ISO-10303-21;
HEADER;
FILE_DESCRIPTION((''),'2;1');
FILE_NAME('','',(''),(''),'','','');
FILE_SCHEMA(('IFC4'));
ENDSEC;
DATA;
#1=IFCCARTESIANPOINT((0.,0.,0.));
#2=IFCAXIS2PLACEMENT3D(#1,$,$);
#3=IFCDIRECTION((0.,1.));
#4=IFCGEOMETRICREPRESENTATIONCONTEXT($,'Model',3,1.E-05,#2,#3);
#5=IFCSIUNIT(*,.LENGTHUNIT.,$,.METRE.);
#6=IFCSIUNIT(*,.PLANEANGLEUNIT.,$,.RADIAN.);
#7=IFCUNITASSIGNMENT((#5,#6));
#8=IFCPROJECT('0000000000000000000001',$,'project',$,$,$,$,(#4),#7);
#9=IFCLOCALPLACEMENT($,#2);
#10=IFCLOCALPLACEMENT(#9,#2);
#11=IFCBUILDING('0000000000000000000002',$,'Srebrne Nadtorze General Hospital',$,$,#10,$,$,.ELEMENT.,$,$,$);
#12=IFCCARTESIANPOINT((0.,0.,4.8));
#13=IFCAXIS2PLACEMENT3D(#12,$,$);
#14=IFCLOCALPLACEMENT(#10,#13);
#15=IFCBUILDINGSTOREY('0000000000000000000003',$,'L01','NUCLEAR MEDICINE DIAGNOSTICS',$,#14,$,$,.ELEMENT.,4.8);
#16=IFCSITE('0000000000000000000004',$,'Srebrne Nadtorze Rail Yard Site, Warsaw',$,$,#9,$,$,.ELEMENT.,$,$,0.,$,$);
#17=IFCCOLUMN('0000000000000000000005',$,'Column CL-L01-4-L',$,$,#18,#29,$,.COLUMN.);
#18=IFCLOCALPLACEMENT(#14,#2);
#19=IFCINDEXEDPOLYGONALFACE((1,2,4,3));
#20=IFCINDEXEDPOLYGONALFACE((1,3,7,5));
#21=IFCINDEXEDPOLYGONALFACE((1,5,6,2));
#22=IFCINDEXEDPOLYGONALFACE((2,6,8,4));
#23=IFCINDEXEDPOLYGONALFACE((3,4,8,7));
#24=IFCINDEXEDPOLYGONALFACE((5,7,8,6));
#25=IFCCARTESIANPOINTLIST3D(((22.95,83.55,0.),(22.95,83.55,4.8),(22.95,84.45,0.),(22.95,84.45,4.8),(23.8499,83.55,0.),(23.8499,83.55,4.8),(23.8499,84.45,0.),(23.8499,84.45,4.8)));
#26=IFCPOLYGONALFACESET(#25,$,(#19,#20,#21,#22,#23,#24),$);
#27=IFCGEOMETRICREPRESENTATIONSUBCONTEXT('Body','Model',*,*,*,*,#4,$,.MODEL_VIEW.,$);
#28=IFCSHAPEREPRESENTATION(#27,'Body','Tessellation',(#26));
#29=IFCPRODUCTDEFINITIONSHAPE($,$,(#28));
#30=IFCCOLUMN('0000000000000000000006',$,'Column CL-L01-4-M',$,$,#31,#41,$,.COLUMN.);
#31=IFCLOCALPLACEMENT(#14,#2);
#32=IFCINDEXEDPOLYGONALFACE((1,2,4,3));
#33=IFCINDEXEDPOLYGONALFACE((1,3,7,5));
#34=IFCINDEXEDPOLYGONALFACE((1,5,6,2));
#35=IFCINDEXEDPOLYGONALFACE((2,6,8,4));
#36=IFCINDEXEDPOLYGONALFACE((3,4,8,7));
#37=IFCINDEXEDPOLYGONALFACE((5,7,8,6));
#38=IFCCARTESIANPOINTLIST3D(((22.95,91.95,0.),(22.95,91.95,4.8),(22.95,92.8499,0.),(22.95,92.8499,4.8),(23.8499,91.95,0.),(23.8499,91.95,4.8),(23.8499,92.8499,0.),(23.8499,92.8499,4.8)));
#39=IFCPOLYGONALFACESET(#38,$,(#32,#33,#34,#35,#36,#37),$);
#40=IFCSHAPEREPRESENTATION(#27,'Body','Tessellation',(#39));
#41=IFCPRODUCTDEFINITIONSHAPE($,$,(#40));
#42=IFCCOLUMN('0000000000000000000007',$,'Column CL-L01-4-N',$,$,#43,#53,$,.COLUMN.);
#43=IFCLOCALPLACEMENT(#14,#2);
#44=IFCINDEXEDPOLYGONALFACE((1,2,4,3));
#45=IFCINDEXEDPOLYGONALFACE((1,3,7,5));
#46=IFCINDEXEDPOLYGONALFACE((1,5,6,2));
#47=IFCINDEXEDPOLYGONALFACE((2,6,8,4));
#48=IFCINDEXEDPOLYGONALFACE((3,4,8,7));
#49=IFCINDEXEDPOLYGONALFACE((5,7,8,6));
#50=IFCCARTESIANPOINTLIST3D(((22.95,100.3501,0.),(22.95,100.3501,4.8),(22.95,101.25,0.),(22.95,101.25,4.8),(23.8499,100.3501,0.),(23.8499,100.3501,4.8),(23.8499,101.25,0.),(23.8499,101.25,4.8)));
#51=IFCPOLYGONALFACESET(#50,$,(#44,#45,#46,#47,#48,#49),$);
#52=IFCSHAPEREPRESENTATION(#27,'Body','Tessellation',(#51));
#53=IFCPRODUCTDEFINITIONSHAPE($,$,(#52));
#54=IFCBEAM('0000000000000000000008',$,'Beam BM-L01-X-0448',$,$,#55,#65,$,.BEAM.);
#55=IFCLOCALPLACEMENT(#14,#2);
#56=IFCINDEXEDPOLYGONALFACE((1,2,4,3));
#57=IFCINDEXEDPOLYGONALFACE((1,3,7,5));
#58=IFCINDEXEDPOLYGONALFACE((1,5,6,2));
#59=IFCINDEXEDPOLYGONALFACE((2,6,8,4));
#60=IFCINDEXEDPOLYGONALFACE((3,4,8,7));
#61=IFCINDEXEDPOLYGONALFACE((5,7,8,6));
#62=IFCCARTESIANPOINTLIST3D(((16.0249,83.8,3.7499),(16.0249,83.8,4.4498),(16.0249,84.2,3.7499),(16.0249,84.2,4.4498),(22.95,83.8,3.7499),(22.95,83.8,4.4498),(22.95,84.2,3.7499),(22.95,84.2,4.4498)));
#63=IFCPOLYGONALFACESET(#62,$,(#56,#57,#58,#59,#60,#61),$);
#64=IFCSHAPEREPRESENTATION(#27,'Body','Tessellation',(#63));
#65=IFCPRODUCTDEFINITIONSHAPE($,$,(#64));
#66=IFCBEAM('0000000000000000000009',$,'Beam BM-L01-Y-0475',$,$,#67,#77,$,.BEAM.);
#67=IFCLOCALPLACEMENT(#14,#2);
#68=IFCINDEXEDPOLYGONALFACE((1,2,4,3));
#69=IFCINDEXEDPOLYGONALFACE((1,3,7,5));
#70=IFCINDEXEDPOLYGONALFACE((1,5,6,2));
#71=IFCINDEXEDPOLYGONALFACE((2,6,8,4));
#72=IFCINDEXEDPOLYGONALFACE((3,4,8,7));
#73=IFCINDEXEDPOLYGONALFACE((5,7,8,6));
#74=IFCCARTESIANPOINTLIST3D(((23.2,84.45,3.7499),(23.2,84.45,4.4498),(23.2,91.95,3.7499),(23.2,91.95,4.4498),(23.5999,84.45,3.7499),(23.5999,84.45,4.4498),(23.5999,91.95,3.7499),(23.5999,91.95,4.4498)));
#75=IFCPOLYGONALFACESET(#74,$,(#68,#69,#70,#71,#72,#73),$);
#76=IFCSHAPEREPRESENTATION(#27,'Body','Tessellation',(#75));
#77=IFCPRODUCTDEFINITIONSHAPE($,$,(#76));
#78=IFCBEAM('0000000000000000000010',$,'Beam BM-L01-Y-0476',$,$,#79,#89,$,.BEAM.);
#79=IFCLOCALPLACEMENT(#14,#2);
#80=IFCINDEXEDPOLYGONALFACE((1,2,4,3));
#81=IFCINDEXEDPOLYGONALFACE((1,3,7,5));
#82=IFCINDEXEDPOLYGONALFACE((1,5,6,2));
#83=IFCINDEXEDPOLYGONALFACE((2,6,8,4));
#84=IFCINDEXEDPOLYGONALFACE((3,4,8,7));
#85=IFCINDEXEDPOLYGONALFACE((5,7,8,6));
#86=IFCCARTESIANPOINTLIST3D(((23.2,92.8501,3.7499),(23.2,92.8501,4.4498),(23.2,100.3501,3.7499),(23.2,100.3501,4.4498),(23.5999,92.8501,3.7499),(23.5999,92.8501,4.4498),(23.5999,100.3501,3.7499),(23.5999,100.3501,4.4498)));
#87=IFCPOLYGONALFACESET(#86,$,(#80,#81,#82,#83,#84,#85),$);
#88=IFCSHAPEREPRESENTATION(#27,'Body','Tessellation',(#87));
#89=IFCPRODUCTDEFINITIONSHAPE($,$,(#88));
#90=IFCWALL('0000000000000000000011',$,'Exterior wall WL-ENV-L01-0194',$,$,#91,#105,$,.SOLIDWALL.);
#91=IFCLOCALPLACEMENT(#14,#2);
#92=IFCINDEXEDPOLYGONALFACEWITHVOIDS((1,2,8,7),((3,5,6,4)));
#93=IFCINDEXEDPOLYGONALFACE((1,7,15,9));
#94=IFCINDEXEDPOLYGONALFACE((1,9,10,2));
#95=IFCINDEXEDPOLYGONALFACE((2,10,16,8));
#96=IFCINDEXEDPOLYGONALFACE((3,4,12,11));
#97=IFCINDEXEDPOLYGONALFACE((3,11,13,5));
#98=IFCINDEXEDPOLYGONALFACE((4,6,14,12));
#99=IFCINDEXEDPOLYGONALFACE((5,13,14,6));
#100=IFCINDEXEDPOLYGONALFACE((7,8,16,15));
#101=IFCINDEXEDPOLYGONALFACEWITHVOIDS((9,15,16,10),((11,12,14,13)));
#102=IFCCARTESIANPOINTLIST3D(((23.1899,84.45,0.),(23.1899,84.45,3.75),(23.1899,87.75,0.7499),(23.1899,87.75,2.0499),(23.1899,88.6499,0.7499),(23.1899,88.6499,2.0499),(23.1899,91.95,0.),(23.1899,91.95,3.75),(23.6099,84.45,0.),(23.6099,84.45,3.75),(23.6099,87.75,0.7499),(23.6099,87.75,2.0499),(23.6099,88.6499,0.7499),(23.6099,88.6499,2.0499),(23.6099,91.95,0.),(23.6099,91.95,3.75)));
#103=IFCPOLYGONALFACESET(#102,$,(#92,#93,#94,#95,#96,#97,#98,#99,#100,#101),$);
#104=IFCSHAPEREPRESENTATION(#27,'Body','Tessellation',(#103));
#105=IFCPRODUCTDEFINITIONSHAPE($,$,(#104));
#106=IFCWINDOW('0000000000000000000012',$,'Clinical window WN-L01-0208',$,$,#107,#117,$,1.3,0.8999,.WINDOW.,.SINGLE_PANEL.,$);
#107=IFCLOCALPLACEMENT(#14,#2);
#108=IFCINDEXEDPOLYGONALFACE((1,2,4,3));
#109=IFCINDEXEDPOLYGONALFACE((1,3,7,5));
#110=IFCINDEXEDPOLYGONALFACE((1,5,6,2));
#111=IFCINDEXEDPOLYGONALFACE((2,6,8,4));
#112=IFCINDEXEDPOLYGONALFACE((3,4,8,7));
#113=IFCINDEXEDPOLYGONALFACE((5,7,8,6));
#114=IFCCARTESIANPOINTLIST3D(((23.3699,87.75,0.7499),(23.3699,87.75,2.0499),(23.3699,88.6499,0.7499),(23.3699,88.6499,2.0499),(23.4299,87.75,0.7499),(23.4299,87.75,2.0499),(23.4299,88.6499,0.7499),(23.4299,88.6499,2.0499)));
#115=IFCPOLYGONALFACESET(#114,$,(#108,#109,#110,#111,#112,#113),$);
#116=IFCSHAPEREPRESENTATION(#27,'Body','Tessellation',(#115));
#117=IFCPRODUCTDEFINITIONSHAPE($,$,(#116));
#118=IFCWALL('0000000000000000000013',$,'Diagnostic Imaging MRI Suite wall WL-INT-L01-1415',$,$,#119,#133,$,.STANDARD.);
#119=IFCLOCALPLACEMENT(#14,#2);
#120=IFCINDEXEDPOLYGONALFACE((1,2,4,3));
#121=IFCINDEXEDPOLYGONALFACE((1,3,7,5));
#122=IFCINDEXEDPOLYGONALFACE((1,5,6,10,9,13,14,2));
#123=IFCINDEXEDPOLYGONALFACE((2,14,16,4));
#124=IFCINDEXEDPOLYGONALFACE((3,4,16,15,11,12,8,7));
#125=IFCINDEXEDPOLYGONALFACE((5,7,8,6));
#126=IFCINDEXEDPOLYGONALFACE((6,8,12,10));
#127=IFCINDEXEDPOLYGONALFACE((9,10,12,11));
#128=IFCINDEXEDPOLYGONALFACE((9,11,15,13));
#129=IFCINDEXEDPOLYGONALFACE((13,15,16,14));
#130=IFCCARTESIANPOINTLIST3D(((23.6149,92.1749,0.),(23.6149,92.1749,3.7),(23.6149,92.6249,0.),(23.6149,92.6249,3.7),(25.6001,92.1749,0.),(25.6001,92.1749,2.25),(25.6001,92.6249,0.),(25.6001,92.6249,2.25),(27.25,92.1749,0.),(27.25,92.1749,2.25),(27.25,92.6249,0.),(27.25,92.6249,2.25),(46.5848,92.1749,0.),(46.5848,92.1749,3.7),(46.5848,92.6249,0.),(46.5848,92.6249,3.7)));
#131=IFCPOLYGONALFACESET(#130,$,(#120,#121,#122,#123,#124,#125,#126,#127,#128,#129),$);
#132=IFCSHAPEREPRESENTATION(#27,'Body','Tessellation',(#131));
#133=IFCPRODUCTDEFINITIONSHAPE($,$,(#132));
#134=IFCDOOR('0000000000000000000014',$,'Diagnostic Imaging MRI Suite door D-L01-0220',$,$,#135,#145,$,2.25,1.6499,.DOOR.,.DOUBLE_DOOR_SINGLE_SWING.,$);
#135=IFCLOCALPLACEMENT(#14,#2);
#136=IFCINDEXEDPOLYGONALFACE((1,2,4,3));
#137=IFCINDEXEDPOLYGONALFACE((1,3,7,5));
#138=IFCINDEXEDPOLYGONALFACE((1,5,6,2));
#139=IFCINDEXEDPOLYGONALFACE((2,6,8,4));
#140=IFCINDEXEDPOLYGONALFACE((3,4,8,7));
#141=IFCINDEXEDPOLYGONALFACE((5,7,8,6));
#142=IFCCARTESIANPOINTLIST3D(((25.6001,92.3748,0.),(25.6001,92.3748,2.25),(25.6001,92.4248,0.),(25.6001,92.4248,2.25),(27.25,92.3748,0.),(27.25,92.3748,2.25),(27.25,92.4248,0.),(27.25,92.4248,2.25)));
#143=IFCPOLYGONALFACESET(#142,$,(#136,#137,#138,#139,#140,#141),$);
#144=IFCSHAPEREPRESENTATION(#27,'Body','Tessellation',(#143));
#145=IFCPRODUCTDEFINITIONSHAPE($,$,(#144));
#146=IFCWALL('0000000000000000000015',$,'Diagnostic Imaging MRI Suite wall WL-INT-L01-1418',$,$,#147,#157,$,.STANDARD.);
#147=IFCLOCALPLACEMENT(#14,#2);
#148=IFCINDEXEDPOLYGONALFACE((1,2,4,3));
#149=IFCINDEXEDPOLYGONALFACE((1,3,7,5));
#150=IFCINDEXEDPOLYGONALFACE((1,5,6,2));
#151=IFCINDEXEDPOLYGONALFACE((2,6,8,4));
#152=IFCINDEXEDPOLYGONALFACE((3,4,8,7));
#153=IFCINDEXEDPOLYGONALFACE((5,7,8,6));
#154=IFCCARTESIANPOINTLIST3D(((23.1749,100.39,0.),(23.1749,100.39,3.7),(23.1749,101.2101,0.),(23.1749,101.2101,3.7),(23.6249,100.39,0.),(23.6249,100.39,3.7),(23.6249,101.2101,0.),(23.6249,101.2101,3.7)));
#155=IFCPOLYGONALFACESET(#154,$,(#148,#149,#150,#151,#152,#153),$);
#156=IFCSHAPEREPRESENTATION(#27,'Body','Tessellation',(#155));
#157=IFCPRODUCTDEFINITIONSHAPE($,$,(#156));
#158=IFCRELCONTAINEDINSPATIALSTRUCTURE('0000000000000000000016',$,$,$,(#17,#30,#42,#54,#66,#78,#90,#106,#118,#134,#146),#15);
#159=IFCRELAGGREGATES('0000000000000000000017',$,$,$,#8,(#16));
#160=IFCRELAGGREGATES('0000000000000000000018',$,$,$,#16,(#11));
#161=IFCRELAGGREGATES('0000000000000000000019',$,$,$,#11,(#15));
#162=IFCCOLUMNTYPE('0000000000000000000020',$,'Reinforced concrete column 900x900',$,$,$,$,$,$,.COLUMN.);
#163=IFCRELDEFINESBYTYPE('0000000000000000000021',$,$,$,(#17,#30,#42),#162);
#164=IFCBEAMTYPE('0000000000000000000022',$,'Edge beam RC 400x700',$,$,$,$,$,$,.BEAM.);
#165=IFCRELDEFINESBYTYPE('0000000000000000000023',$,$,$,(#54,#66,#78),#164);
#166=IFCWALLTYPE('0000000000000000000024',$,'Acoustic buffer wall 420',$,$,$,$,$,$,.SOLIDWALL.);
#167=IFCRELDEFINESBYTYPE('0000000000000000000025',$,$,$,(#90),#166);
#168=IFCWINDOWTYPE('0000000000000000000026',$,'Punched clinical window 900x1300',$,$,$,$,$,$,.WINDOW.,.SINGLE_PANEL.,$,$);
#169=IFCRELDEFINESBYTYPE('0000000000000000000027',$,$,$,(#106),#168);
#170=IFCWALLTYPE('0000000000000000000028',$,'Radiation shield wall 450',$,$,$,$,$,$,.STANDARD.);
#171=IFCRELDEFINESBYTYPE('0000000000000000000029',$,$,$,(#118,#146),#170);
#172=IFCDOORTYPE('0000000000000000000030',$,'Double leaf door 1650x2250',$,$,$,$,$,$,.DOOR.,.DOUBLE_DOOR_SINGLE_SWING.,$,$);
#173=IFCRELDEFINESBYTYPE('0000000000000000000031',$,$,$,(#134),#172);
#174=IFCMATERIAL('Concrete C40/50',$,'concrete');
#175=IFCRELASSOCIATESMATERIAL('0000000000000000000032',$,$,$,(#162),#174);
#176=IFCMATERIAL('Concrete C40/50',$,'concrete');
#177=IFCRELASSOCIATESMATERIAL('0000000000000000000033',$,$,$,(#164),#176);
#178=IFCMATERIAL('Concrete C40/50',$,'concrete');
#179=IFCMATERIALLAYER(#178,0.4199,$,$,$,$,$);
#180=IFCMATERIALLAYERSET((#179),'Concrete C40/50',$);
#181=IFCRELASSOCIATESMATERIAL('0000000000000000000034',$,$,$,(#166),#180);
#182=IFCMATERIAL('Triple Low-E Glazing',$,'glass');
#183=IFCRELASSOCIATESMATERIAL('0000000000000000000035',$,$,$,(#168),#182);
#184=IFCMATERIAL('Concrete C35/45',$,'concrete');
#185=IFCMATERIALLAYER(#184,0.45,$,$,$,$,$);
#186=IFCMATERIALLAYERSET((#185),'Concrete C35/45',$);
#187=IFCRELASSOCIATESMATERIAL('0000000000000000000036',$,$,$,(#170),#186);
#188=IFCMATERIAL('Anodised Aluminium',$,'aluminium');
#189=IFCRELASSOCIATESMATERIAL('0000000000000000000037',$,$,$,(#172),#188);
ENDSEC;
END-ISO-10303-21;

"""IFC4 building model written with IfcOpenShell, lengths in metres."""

from ifc_helpers import new_model, si_unit, direction, frame, frame_2d, origin, origin_2d, place, context, subcontext, project, spatial, rectangle, extrude, material, layer, layer_set, material_profile, profile_set, type_object, element, fill, save


model = new_model("IFC4")

# Units and contexts
model_context = context("Model", 3, precision=1e-05, world=origin(), true_north=direction((0.0, 1.0)))
body_context = subcontext(model_context, "Body", "Model", "MODEL_VIEW")
ifc_project = project(units=[si_unit("LENGTHUNIT", "METRE"), si_unit("PLANEANGLEUNIT", "RADIAN")], contexts=[model_context])

# Site, building, storey
site_placement = place(None, origin())
site = spatial("IfcSite", under=ifc_project, at=site_placement, Name="Srebrne Nadtorze Rail Yard Site, Warsaw", CompositionType="ELEMENT", RefElevation=0.0)
building_placement = place(site_placement, origin())
building = spatial("IfcBuilding", under=site, at=building_placement, Name="Srebrne Nadtorze General Hospital", CompositionType="ELEMENT")
storey_placement = place(building_placement, frame((0.0, 0.0, 4.8)))
storey = spatial("IfcBuildingStorey", under=building, at=storey_placement, Name="L01", Description="NUCLEAR MEDICINE DIAGNOSTICS", CompositionType="ELEMENT", Elevation=4.8)

# Columns
ifc_material_1 = material(Name="Concrete C40/50", Category="concrete")
ifc_material_profile_1 = material_profile(ifc_material_1, rectangle(XDim=0.8999, YDim=0.8999, at=origin_2d()), Name="RC-COL-900x900")
ifc_profile_set_1 = profile_set([ifc_material_profile_1], Name="Concrete C40/50")
column_type = type_object("IfcColumnType", Name="Reinforced concrete column 900x900", PredefinedType="COLUMN", material=ifc_profile_set_1)
for number, where, z_axis, x_axis, name in (
    (1, (23.3999, 84.0, 0.0), (0.0, 0.0, 1.0), (1.0, 0.0, 0.0), "Column CL-L01-4-L"),
    (2, (23.3999, 92.3999, 0.0), (0.0, 0.0, 1.0), (1.0, 0.0, 0.0), "Column CL-L01-4-M"),
    (3, (23.3999, 100.8, 0.0), (0.0, 0.0, 1.0), (1.0, 0.0, 0.0), "Column CL-L01-4-N"),
):
    element("IfcColumn", number, at=place(storey_placement, frame(where, z_axis=z_axis, x_axis=x_axis)), inside=storey, type_object=column_type, Name=name, PredefinedType="COLUMN", context=body_context, shape_type="SweptSolid", body=[
        extrude(rectangle(XDim=0.8999, YDim=0.8999, at=origin_2d()), origin(), (0.0, 0.0, 1.0), 4.8),
    ])

# Beams
ifc_material_2 = material(Name="Concrete C40/50", Category="concrete")
ifc_material_profile_2 = material_profile(ifc_material_2, rectangle(XDim=0.3999, YDim=0.7, at=origin_2d()), Name="RC-BM-400x700")
ifc_profile_set_2 = profile_set([ifc_material_profile_2], Name="Concrete C40/50")
beam_type = type_object("IfcBeamType", Name="Edge beam RC 400x700", PredefinedType="BEAM", material=ifc_profile_set_2)
beam_placement = place(storey_placement, frame((16.0249, 84.0, 4.0999), z_axis=(1.0, 0.0, 0.0), x_axis=(0.0, 1.0, 0.0)))
element("IfcBeam", 4, at=beam_placement, inside=storey, type_object=beam_type, Name="Beam BM-L01-X-0448", PredefinedType="BEAM", context=body_context, shape_type="SweptSolid", body=[
    extrude(rectangle(XDim=0.3999, YDim=0.7, at=origin_2d()), origin(), (0.0, 0.0, 1.0), 6.925),
])
for number, where, z_axis, x_axis, name in (
    (5, (23.3999, 84.45, 4.0999), (0.0, 1.0, 0.0), (-1.0, 0.0, 0.0), "Beam BM-L01-Y-0475"),
    (6, (23.3999, 92.8501, 4.0999), (0.0, 1.0, 0.0), (-1.0, 0.0, 0.0), "Beam BM-L01-Y-0476"),
):
    element("IfcBeam", number, at=place(storey_placement, frame(where, z_axis=z_axis, x_axis=x_axis)), inside=storey, type_object=beam_type, Name=name, PredefinedType="BEAM", context=body_context, shape_type="SweptSolid", body=[
        extrude(rectangle(XDim=0.3999, YDim=0.7, at=origin_2d()), origin(), (0.0, 0.0, 1.0), 7.5),
    ])

# Wall, opening, window
ifc_material_3 = material(Name="Concrete C40/50", Category="concrete")
ifc_layer_1 = layer(ifc_material_3, 0.4199)
ifc_layer_set_1 = layer_set([ifc_layer_1], Name="Concrete C40/50")
wall_type_1 = type_object("IfcWallType", Name="Acoustic buffer wall 420", PredefinedType="SOLIDWALL", material=ifc_layer_set_1)
wall_1_placement = place(storey_placement, frame((23.3999, 84.45, 0.0), z_axis=(0.0, 0.0, 1.0), x_axis=(0.0, 1.0, 0.0)))
wall_1 = element("IfcWall", 7, at=wall_1_placement, inside=storey, type_object=wall_type_1, Name="Exterior wall WL-ENV-L01-0194", PredefinedType="SOLIDWALL", context=body_context, shape_type="SweptSolid", body=[
    extrude(rectangle(XDim=7.5, YDim=0.4199, at=frame_2d((3.75, 0.0))), origin(), (0.0, 0.0, 1.0), 3.75),
])
opening_1_placement = place(wall_1_placement, frame((3.3, 0.0, 0.75)))
opening_1 = element("IfcOpeningElement", 8, at=opening_1_placement, cuts=wall_1, PredefinedType="OPENING", context=body_context, shape_type="SweptSolid", body=[
    extrude(rectangle(XDim=0.8999, YDim=1.3, at=frame_2d((0.45, 0.6499))), frame((0.0, 0.2219, 0.0), z_axis=(0.0, -1.0, 0.0), x_axis=(1.0, 0.0, 0.0)), (0.0, 0.0, 1.0), 0.4438),
])
ifc_material_4 = material(Name="Triple Low-E Glazing", Category="glass")
window_type_1 = type_object("IfcWindowType", Name="Punched clinical window 900x1300", PartitioningType="SINGLE_PANEL", PredefinedType="WINDOW", material=ifc_material_4)
window_1_placement = place(opening_1_placement, origin())
window_1 = element("IfcWindow", 9, at=window_1_placement, inside=storey, type_object=window_type_1, Name="Clinical window WN-L01-0208", OverallHeight=1.3, OverallWidth=0.8999, PartitioningType="SINGLE_PANEL", PredefinedType="WINDOW", context=body_context, shape_type="SweptSolid", body=[
    extrude(rectangle(XDim=0.8999, YDim=1.3, at=frame_2d((0.45, 0.6499))), frame((0.0, 0.03, 0.0), z_axis=(0.0, -1.0, 0.0), x_axis=(1.0, 0.0, 0.0)), (0.0, 0.0, 1.0), 0.0601),
])
fill(opening_1, window_1)

# Wall, opening, door
ifc_material_5 = material(Name="Concrete C35/45", Category="concrete")
ifc_layer_2 = layer(ifc_material_5, 0.45)
ifc_layer_set_2 = layer_set([ifc_layer_2], Name="Concrete C35/45")
wall_type_2 = type_object("IfcWallType", Name="Radiation shield wall 450", PredefinedType="STANDARD", material=ifc_layer_set_2)
wall_2_placement = place(storey_placement, frame((23.615, 92.3999, 0.0), z_axis=(0.0, 0.0, 1.0), x_axis=(1.0, 0.0, 0.0)))
wall_2 = element("IfcWall", 10, at=wall_2_placement, inside=storey, type_object=wall_type_2, Name="Diagnostic Imaging MRI Suite wall WL-INT-L01-1415", PredefinedType="STANDARD", context=body_context, shape_type="SweptSolid", body=[
    extrude(rectangle(XDim=22.97, YDim=0.45, at=frame_2d((11.4849, 0.0))), origin(), (0.0, 0.0, 1.0), 3.7),
])
opening_2_placement = place(wall_2_placement, frame((1.9851, 0.0, 0.0)))
opening_2 = element("IfcOpeningElement", 11, at=opening_2_placement, cuts=wall_2, PredefinedType="OPENING", context=body_context, shape_type="SweptSolid", body=[
    extrude(rectangle(XDim=1.6499, YDim=2.25, at=frame_2d((0.825, 1.125))), frame((0.0, 0.2368, 0.0), z_axis=(0.0, -1.0, 0.0), x_axis=(1.0, 0.0, 0.0)), (0.0, 0.0, 1.0), 0.4739),
])
ifc_material_6 = material(Name="Anodised Aluminium", Category="aluminium")
door_type = type_object("IfcDoorType", Name="Double leaf door 1650x2250", OperationType="DOUBLE_DOOR_SINGLE_SWING", PredefinedType="DOOR", material=ifc_material_6)
door_placement = place(opening_2_placement, origin())
door = element("IfcDoor", 12, at=door_placement, inside=storey, type_object=door_type, Name="Diagnostic Imaging MRI Suite door D-L01-0220", OperationType="DOUBLE_DOOR_SINGLE_SWING", OverallHeight=2.25, OverallWidth=1.6499, PredefinedType="DOOR", context=body_context, shape_type="SweptSolid", body=[
    extrude(rectangle(XDim=1.6499, YDim=2.25, at=frame_2d((0.825, 1.125))), frame((0.0, 0.0249, 0.0), z_axis=(0.0, -1.0, 0.0), x_axis=(1.0, 0.0, 0.0)), (0.0, 0.0, 1.0), 0.05),
])
fill(opening_2, door)

# Wall
wall_3_placement = place(storey_placement, frame((23.3999, 100.3899, 0.0), z_axis=(0.0, 0.0, 1.0), x_axis=(0.0, 1.0, 0.0)))
element("IfcWall", 13, at=wall_3_placement, inside=storey, type_object=wall_type_2, Name="Diagnostic Imaging MRI Suite wall WL-INT-L01-1418", PredefinedType="STANDARD", context=body_context, shape_type="SweptSolid", body=[
    extrude(rectangle(XDim=0.8201, YDim=0.45, at=frame_2d((0.4102, 0.0))), origin(), (0.0, 0.0, 1.0), 3.7),
])

save(model, "model.ifc")
